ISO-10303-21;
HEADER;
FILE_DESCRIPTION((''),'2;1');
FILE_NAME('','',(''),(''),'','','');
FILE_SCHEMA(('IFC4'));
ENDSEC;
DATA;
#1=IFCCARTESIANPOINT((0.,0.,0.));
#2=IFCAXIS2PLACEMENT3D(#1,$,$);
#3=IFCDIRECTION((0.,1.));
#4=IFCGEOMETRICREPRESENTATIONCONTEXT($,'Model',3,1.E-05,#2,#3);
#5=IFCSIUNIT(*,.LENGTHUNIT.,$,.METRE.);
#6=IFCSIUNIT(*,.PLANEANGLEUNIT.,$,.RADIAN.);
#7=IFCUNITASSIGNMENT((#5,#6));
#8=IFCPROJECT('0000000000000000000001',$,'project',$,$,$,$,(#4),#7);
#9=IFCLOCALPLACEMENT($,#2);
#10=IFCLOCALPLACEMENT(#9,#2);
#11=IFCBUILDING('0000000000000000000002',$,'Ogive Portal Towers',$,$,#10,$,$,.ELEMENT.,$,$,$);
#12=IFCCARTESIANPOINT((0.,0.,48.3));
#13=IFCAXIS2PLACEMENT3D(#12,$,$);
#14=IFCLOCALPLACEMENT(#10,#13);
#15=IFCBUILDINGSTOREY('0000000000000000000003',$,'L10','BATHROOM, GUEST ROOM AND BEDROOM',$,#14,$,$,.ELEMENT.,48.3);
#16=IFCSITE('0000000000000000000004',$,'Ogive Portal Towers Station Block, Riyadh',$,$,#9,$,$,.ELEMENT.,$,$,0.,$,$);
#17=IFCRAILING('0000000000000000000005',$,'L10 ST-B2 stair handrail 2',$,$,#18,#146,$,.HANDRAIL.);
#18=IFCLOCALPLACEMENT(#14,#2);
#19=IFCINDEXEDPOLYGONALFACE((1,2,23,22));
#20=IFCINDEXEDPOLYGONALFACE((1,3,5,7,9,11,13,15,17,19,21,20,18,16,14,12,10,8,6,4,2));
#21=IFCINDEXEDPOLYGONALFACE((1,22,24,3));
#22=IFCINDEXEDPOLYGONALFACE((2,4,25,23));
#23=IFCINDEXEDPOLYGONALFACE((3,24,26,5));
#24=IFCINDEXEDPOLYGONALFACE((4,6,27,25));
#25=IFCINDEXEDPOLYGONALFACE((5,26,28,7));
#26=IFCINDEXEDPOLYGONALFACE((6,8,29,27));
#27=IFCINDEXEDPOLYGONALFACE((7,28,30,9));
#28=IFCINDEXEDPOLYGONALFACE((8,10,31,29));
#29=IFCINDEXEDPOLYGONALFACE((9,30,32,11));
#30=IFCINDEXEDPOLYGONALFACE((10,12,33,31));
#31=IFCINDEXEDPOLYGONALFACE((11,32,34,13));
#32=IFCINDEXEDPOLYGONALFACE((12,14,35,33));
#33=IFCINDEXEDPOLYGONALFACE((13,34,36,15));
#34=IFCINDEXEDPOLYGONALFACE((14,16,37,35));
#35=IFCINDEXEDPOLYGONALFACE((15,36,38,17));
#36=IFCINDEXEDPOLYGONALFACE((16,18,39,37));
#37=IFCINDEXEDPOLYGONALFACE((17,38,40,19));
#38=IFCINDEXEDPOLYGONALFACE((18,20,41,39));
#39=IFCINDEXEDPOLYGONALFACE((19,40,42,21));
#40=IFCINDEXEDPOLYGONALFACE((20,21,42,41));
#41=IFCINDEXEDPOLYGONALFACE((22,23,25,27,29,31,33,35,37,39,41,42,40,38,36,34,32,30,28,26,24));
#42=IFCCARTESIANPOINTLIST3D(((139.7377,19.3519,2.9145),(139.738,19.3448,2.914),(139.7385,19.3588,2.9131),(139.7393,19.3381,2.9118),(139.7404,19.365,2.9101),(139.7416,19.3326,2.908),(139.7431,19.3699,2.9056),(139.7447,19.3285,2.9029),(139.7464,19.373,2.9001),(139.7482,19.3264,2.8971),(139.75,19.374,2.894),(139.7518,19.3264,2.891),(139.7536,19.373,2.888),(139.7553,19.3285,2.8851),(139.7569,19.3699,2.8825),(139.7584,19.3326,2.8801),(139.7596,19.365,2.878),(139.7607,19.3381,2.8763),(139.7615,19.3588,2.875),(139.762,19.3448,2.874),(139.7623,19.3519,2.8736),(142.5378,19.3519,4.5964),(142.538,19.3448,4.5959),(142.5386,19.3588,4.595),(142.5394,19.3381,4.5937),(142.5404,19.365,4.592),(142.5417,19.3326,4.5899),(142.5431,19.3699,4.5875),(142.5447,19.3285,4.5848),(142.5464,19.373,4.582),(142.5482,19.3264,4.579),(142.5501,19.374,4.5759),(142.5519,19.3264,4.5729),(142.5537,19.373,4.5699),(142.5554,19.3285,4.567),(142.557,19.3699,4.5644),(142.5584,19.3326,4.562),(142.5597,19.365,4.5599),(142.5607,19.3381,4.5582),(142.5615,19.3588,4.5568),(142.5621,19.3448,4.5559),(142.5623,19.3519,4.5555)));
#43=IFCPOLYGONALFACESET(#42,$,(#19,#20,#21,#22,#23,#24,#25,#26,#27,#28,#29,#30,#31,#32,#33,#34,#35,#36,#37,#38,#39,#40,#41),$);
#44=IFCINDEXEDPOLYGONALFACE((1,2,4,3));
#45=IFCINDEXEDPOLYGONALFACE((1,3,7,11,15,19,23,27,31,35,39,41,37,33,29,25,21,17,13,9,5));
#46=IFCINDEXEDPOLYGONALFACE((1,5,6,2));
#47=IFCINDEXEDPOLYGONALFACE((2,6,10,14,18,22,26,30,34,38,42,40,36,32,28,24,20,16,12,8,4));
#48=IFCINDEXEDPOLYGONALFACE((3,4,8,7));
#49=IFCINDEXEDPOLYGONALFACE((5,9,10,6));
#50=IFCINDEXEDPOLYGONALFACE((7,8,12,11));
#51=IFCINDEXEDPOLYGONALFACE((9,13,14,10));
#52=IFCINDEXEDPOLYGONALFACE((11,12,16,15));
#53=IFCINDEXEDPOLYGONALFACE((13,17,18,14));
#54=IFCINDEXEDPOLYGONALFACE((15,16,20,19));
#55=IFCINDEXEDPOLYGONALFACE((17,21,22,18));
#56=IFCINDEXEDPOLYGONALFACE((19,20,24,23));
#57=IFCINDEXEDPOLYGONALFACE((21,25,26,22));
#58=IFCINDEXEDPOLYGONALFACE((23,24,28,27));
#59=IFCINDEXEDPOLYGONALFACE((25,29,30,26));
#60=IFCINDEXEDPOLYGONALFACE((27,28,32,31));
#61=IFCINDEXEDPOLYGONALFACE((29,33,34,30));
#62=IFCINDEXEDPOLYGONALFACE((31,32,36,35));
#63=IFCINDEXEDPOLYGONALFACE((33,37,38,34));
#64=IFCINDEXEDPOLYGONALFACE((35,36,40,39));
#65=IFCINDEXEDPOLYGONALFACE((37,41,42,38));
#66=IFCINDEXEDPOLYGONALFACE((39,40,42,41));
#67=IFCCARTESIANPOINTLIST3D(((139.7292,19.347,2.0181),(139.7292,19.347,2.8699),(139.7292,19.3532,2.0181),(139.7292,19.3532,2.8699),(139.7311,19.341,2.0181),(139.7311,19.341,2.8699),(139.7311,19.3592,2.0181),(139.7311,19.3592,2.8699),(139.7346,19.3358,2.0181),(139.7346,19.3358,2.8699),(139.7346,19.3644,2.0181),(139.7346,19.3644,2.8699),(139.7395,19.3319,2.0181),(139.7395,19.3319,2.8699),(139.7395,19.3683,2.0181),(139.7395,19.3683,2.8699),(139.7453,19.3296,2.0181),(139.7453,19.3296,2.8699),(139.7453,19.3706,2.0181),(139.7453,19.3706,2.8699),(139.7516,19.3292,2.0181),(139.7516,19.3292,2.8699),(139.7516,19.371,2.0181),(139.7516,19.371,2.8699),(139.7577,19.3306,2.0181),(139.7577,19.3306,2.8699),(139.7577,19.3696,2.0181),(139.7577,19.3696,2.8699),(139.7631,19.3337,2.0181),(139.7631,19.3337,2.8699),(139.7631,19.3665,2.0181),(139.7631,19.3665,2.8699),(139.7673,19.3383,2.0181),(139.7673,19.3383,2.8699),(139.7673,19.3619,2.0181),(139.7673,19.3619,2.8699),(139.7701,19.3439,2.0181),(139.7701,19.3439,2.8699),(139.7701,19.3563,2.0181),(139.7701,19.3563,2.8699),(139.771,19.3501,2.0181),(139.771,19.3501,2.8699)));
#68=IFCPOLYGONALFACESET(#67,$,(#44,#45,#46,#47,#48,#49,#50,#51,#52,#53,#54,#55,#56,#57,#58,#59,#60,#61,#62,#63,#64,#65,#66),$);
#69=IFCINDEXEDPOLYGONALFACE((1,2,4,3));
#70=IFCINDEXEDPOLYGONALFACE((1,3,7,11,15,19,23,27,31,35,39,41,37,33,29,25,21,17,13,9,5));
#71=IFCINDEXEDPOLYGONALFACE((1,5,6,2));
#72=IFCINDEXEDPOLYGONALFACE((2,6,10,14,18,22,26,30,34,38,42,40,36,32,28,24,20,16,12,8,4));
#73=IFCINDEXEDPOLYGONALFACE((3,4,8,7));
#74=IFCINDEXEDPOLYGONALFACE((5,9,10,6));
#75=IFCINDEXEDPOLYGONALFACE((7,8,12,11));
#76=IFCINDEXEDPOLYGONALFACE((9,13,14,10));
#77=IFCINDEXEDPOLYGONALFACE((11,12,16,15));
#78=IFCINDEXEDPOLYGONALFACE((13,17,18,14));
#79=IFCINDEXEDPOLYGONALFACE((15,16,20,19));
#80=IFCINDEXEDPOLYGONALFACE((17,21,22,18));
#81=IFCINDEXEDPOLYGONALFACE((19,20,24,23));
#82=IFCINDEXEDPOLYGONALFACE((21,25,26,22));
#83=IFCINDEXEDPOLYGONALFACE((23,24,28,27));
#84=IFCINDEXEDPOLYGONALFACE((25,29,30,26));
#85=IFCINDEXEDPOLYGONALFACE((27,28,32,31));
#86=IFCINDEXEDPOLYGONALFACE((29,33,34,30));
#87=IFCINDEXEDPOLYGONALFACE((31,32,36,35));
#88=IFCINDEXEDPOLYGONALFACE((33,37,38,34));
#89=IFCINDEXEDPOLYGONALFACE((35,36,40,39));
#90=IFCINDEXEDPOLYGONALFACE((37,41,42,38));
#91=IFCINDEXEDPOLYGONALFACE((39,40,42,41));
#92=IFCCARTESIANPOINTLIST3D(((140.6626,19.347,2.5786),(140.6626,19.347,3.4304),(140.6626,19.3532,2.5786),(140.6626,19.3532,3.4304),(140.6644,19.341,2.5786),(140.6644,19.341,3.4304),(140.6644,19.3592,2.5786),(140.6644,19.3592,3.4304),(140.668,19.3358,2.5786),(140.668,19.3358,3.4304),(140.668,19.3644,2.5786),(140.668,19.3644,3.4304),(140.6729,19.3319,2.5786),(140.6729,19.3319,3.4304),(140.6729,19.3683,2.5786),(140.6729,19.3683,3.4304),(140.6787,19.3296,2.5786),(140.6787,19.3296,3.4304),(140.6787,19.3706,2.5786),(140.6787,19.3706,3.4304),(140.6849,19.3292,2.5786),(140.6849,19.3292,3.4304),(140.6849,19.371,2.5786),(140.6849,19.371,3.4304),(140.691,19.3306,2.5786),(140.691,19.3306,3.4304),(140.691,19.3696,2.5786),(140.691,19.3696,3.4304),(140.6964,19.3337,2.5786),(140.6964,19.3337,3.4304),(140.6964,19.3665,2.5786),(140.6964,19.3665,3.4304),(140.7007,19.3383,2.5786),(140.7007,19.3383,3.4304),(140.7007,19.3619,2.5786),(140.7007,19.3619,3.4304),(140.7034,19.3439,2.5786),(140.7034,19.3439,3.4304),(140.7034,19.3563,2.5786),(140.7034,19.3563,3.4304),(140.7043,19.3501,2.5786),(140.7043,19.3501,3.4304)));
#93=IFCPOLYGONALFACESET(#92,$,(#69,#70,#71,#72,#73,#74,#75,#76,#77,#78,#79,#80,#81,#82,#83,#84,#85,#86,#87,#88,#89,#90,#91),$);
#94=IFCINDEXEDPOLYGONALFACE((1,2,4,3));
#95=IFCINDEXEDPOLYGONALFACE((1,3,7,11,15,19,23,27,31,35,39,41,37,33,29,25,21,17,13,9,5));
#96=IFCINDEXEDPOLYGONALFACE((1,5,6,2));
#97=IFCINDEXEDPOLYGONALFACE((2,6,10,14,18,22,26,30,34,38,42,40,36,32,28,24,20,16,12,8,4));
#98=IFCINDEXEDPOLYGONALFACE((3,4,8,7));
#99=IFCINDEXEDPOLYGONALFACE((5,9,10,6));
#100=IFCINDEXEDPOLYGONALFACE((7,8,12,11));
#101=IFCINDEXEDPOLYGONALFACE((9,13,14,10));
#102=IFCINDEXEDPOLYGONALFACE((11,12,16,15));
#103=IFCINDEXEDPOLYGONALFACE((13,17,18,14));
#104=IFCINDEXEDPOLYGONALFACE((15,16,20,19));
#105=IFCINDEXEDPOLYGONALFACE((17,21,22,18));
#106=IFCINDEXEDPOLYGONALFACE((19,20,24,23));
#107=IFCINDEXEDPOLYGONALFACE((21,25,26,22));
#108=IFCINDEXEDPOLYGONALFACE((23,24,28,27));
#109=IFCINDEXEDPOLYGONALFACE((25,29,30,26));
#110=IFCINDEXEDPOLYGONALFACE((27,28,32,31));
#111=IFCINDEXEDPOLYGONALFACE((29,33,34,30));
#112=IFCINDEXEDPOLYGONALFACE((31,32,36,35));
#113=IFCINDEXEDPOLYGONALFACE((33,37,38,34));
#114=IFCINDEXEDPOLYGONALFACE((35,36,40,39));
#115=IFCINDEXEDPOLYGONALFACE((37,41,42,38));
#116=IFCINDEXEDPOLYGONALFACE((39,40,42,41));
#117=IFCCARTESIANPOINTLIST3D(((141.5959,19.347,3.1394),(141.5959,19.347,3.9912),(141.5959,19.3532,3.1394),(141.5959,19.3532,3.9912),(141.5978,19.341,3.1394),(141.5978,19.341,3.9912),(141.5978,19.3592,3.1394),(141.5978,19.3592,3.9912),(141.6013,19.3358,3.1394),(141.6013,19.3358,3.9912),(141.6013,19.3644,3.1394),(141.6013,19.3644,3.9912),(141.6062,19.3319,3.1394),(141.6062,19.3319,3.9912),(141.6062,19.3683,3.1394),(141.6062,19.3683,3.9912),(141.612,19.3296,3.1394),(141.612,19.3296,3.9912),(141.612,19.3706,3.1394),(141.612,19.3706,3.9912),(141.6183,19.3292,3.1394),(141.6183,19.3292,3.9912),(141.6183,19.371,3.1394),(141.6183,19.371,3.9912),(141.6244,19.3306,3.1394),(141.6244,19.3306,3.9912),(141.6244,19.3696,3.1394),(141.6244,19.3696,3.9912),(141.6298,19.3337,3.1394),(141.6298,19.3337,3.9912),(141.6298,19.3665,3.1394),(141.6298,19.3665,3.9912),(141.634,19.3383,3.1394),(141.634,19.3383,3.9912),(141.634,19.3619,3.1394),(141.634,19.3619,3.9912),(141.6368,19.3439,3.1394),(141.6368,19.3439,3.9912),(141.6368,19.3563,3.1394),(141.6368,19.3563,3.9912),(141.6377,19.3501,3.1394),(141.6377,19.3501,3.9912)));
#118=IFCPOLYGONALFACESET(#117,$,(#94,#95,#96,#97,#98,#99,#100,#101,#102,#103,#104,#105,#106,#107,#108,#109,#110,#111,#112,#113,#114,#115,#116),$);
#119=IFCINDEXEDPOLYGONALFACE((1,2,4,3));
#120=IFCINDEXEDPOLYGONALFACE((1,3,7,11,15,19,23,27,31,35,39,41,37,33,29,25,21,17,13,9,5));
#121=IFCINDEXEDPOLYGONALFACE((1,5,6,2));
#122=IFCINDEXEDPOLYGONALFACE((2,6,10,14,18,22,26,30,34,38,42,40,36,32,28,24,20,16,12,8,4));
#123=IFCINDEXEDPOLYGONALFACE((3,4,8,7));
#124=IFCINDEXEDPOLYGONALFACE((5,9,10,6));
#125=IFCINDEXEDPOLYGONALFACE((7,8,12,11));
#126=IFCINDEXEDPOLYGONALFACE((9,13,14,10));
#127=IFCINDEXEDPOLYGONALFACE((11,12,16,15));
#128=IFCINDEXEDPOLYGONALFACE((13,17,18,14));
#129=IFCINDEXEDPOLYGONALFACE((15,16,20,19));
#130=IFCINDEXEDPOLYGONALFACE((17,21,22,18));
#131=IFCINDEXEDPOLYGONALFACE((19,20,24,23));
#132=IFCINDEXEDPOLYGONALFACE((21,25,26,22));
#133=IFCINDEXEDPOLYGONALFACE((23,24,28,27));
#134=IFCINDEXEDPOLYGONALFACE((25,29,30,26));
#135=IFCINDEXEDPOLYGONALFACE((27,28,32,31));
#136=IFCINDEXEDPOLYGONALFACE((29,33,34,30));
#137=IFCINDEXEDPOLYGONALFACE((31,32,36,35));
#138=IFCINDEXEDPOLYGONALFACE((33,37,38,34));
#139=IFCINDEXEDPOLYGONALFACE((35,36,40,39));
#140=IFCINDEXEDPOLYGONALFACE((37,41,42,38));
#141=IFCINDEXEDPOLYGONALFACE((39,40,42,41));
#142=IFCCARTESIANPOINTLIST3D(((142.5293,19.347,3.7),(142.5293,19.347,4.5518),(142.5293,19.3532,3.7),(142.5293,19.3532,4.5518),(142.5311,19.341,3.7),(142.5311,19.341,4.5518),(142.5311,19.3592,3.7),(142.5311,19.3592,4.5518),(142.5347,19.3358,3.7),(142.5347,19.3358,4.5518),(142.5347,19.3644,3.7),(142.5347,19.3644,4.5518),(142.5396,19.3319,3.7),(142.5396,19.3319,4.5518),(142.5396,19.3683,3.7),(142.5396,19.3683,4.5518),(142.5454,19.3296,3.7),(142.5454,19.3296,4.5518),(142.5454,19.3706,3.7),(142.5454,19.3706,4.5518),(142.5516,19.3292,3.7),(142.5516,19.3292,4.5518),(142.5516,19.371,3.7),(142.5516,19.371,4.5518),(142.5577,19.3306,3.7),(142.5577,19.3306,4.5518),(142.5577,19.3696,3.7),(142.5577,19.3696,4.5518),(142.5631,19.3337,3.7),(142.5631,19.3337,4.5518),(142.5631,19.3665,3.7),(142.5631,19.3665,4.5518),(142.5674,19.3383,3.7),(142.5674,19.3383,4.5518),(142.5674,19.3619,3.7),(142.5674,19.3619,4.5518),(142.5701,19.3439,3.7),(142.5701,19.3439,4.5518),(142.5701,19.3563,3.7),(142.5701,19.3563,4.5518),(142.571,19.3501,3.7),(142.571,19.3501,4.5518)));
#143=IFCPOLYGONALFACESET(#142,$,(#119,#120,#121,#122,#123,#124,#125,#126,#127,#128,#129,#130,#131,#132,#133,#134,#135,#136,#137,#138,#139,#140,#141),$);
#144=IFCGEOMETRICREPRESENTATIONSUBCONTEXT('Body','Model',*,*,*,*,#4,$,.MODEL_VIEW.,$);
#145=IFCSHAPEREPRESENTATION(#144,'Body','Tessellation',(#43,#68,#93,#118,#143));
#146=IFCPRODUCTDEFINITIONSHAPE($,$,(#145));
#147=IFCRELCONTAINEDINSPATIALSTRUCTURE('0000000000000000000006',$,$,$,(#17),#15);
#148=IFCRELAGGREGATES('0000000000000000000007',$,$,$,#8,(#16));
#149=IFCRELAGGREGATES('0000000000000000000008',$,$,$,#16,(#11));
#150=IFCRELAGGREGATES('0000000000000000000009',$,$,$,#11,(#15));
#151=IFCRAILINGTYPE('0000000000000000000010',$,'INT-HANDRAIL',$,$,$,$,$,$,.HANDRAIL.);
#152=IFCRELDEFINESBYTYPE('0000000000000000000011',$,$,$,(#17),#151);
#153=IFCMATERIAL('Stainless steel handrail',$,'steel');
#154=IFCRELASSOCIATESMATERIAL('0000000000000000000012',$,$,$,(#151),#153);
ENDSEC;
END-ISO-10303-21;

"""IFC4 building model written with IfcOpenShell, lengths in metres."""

from ifc_helpers import new_model, si_unit, direction, frame, origin, origin_2d, place, context, subcontext, project, spatial, circle, extrude, material, type_object, element, save


model = new_model("IFC4")

# Units and contexts
model_context = context("Model", 3, precision=1e-05, world=origin(), true_north=direction((0.0, 1.0)))
body_context = subcontext(model_context, "Body", "Model", "MODEL_VIEW")
ifc_project = project(units=[si_unit("LENGTHUNIT", "METRE"), si_unit("PLANEANGLEUNIT", "RADIAN")], contexts=[model_context])

# Site, building, storey
site_placement = place(None, origin())
site = spatial("IfcSite", under=ifc_project, at=site_placement, Name="Ogive Portal Towers Station Block, Riyadh", CompositionType="ELEMENT", RefElevation=0.0)
building_placement = place(site_placement, origin())
building = spatial("IfcBuilding", under=site, at=building_placement, Name="Ogive Portal Towers", CompositionType="ELEMENT")
storey_placement = place(building_placement, frame((0.0, 0.0, 48.3)))
storey = spatial("IfcBuildingStorey", under=building, at=storey_placement, Name="L10", Description="BATHROOM, GUEST ROOM AND BEDROOM", CompositionType="ELEMENT", Elevation=48.3)

# Railing
ifc_material_1 = material(Name="Stainless steel handrail", Category="steel")
railing_type_1 = type_object("IfcRailingType", Name="INT-HANDRAIL", PredefinedType="HANDRAIL", material=ifc_material_1)
railing_1_placement = place(storey_placement, frame((139.75, 19.3501, 2.0181)))
element("IfcRailing", 1, at=railing_1_placement, inside=storey, type_object=railing_type_1, Name="L10 ST-B2 stair handrail 2", PredefinedType="HANDRAIL", context=body_context, shape_type="SweptSolid", body=[
    extrude(circle(Radius=0.0239, at=origin_2d()), frame((0.0, 0.0, 0.876), z_axis=(0.857242, 0.0, 0.514913), x_axis=(0.0, 1.0, 0.0)), (0.0, 0.0, 1.0), 3.2664),
    extrude(circle(Radius=0.021, at=origin_2d()), origin(), (0.0, 0.0, 1.0), 0.8518),
    extrude(circle(Radius=0.021, at=origin_2d()), frame((0.9333, 0.0, 0.5605)), (0.0, 0.0, 1.0), 0.8518),
    extrude(circle(Radius=0.021, at=origin_2d()), frame((1.8667, 0.0, 1.1213)), (0.0, 0.0, 1.0), 0.8518),
    extrude(circle(Radius=0.021, at=origin_2d()), frame((2.8, 0.0, 1.6819)), (0.0, 0.0, 1.0), 0.8518),
])

save(model, "model.ifc")
